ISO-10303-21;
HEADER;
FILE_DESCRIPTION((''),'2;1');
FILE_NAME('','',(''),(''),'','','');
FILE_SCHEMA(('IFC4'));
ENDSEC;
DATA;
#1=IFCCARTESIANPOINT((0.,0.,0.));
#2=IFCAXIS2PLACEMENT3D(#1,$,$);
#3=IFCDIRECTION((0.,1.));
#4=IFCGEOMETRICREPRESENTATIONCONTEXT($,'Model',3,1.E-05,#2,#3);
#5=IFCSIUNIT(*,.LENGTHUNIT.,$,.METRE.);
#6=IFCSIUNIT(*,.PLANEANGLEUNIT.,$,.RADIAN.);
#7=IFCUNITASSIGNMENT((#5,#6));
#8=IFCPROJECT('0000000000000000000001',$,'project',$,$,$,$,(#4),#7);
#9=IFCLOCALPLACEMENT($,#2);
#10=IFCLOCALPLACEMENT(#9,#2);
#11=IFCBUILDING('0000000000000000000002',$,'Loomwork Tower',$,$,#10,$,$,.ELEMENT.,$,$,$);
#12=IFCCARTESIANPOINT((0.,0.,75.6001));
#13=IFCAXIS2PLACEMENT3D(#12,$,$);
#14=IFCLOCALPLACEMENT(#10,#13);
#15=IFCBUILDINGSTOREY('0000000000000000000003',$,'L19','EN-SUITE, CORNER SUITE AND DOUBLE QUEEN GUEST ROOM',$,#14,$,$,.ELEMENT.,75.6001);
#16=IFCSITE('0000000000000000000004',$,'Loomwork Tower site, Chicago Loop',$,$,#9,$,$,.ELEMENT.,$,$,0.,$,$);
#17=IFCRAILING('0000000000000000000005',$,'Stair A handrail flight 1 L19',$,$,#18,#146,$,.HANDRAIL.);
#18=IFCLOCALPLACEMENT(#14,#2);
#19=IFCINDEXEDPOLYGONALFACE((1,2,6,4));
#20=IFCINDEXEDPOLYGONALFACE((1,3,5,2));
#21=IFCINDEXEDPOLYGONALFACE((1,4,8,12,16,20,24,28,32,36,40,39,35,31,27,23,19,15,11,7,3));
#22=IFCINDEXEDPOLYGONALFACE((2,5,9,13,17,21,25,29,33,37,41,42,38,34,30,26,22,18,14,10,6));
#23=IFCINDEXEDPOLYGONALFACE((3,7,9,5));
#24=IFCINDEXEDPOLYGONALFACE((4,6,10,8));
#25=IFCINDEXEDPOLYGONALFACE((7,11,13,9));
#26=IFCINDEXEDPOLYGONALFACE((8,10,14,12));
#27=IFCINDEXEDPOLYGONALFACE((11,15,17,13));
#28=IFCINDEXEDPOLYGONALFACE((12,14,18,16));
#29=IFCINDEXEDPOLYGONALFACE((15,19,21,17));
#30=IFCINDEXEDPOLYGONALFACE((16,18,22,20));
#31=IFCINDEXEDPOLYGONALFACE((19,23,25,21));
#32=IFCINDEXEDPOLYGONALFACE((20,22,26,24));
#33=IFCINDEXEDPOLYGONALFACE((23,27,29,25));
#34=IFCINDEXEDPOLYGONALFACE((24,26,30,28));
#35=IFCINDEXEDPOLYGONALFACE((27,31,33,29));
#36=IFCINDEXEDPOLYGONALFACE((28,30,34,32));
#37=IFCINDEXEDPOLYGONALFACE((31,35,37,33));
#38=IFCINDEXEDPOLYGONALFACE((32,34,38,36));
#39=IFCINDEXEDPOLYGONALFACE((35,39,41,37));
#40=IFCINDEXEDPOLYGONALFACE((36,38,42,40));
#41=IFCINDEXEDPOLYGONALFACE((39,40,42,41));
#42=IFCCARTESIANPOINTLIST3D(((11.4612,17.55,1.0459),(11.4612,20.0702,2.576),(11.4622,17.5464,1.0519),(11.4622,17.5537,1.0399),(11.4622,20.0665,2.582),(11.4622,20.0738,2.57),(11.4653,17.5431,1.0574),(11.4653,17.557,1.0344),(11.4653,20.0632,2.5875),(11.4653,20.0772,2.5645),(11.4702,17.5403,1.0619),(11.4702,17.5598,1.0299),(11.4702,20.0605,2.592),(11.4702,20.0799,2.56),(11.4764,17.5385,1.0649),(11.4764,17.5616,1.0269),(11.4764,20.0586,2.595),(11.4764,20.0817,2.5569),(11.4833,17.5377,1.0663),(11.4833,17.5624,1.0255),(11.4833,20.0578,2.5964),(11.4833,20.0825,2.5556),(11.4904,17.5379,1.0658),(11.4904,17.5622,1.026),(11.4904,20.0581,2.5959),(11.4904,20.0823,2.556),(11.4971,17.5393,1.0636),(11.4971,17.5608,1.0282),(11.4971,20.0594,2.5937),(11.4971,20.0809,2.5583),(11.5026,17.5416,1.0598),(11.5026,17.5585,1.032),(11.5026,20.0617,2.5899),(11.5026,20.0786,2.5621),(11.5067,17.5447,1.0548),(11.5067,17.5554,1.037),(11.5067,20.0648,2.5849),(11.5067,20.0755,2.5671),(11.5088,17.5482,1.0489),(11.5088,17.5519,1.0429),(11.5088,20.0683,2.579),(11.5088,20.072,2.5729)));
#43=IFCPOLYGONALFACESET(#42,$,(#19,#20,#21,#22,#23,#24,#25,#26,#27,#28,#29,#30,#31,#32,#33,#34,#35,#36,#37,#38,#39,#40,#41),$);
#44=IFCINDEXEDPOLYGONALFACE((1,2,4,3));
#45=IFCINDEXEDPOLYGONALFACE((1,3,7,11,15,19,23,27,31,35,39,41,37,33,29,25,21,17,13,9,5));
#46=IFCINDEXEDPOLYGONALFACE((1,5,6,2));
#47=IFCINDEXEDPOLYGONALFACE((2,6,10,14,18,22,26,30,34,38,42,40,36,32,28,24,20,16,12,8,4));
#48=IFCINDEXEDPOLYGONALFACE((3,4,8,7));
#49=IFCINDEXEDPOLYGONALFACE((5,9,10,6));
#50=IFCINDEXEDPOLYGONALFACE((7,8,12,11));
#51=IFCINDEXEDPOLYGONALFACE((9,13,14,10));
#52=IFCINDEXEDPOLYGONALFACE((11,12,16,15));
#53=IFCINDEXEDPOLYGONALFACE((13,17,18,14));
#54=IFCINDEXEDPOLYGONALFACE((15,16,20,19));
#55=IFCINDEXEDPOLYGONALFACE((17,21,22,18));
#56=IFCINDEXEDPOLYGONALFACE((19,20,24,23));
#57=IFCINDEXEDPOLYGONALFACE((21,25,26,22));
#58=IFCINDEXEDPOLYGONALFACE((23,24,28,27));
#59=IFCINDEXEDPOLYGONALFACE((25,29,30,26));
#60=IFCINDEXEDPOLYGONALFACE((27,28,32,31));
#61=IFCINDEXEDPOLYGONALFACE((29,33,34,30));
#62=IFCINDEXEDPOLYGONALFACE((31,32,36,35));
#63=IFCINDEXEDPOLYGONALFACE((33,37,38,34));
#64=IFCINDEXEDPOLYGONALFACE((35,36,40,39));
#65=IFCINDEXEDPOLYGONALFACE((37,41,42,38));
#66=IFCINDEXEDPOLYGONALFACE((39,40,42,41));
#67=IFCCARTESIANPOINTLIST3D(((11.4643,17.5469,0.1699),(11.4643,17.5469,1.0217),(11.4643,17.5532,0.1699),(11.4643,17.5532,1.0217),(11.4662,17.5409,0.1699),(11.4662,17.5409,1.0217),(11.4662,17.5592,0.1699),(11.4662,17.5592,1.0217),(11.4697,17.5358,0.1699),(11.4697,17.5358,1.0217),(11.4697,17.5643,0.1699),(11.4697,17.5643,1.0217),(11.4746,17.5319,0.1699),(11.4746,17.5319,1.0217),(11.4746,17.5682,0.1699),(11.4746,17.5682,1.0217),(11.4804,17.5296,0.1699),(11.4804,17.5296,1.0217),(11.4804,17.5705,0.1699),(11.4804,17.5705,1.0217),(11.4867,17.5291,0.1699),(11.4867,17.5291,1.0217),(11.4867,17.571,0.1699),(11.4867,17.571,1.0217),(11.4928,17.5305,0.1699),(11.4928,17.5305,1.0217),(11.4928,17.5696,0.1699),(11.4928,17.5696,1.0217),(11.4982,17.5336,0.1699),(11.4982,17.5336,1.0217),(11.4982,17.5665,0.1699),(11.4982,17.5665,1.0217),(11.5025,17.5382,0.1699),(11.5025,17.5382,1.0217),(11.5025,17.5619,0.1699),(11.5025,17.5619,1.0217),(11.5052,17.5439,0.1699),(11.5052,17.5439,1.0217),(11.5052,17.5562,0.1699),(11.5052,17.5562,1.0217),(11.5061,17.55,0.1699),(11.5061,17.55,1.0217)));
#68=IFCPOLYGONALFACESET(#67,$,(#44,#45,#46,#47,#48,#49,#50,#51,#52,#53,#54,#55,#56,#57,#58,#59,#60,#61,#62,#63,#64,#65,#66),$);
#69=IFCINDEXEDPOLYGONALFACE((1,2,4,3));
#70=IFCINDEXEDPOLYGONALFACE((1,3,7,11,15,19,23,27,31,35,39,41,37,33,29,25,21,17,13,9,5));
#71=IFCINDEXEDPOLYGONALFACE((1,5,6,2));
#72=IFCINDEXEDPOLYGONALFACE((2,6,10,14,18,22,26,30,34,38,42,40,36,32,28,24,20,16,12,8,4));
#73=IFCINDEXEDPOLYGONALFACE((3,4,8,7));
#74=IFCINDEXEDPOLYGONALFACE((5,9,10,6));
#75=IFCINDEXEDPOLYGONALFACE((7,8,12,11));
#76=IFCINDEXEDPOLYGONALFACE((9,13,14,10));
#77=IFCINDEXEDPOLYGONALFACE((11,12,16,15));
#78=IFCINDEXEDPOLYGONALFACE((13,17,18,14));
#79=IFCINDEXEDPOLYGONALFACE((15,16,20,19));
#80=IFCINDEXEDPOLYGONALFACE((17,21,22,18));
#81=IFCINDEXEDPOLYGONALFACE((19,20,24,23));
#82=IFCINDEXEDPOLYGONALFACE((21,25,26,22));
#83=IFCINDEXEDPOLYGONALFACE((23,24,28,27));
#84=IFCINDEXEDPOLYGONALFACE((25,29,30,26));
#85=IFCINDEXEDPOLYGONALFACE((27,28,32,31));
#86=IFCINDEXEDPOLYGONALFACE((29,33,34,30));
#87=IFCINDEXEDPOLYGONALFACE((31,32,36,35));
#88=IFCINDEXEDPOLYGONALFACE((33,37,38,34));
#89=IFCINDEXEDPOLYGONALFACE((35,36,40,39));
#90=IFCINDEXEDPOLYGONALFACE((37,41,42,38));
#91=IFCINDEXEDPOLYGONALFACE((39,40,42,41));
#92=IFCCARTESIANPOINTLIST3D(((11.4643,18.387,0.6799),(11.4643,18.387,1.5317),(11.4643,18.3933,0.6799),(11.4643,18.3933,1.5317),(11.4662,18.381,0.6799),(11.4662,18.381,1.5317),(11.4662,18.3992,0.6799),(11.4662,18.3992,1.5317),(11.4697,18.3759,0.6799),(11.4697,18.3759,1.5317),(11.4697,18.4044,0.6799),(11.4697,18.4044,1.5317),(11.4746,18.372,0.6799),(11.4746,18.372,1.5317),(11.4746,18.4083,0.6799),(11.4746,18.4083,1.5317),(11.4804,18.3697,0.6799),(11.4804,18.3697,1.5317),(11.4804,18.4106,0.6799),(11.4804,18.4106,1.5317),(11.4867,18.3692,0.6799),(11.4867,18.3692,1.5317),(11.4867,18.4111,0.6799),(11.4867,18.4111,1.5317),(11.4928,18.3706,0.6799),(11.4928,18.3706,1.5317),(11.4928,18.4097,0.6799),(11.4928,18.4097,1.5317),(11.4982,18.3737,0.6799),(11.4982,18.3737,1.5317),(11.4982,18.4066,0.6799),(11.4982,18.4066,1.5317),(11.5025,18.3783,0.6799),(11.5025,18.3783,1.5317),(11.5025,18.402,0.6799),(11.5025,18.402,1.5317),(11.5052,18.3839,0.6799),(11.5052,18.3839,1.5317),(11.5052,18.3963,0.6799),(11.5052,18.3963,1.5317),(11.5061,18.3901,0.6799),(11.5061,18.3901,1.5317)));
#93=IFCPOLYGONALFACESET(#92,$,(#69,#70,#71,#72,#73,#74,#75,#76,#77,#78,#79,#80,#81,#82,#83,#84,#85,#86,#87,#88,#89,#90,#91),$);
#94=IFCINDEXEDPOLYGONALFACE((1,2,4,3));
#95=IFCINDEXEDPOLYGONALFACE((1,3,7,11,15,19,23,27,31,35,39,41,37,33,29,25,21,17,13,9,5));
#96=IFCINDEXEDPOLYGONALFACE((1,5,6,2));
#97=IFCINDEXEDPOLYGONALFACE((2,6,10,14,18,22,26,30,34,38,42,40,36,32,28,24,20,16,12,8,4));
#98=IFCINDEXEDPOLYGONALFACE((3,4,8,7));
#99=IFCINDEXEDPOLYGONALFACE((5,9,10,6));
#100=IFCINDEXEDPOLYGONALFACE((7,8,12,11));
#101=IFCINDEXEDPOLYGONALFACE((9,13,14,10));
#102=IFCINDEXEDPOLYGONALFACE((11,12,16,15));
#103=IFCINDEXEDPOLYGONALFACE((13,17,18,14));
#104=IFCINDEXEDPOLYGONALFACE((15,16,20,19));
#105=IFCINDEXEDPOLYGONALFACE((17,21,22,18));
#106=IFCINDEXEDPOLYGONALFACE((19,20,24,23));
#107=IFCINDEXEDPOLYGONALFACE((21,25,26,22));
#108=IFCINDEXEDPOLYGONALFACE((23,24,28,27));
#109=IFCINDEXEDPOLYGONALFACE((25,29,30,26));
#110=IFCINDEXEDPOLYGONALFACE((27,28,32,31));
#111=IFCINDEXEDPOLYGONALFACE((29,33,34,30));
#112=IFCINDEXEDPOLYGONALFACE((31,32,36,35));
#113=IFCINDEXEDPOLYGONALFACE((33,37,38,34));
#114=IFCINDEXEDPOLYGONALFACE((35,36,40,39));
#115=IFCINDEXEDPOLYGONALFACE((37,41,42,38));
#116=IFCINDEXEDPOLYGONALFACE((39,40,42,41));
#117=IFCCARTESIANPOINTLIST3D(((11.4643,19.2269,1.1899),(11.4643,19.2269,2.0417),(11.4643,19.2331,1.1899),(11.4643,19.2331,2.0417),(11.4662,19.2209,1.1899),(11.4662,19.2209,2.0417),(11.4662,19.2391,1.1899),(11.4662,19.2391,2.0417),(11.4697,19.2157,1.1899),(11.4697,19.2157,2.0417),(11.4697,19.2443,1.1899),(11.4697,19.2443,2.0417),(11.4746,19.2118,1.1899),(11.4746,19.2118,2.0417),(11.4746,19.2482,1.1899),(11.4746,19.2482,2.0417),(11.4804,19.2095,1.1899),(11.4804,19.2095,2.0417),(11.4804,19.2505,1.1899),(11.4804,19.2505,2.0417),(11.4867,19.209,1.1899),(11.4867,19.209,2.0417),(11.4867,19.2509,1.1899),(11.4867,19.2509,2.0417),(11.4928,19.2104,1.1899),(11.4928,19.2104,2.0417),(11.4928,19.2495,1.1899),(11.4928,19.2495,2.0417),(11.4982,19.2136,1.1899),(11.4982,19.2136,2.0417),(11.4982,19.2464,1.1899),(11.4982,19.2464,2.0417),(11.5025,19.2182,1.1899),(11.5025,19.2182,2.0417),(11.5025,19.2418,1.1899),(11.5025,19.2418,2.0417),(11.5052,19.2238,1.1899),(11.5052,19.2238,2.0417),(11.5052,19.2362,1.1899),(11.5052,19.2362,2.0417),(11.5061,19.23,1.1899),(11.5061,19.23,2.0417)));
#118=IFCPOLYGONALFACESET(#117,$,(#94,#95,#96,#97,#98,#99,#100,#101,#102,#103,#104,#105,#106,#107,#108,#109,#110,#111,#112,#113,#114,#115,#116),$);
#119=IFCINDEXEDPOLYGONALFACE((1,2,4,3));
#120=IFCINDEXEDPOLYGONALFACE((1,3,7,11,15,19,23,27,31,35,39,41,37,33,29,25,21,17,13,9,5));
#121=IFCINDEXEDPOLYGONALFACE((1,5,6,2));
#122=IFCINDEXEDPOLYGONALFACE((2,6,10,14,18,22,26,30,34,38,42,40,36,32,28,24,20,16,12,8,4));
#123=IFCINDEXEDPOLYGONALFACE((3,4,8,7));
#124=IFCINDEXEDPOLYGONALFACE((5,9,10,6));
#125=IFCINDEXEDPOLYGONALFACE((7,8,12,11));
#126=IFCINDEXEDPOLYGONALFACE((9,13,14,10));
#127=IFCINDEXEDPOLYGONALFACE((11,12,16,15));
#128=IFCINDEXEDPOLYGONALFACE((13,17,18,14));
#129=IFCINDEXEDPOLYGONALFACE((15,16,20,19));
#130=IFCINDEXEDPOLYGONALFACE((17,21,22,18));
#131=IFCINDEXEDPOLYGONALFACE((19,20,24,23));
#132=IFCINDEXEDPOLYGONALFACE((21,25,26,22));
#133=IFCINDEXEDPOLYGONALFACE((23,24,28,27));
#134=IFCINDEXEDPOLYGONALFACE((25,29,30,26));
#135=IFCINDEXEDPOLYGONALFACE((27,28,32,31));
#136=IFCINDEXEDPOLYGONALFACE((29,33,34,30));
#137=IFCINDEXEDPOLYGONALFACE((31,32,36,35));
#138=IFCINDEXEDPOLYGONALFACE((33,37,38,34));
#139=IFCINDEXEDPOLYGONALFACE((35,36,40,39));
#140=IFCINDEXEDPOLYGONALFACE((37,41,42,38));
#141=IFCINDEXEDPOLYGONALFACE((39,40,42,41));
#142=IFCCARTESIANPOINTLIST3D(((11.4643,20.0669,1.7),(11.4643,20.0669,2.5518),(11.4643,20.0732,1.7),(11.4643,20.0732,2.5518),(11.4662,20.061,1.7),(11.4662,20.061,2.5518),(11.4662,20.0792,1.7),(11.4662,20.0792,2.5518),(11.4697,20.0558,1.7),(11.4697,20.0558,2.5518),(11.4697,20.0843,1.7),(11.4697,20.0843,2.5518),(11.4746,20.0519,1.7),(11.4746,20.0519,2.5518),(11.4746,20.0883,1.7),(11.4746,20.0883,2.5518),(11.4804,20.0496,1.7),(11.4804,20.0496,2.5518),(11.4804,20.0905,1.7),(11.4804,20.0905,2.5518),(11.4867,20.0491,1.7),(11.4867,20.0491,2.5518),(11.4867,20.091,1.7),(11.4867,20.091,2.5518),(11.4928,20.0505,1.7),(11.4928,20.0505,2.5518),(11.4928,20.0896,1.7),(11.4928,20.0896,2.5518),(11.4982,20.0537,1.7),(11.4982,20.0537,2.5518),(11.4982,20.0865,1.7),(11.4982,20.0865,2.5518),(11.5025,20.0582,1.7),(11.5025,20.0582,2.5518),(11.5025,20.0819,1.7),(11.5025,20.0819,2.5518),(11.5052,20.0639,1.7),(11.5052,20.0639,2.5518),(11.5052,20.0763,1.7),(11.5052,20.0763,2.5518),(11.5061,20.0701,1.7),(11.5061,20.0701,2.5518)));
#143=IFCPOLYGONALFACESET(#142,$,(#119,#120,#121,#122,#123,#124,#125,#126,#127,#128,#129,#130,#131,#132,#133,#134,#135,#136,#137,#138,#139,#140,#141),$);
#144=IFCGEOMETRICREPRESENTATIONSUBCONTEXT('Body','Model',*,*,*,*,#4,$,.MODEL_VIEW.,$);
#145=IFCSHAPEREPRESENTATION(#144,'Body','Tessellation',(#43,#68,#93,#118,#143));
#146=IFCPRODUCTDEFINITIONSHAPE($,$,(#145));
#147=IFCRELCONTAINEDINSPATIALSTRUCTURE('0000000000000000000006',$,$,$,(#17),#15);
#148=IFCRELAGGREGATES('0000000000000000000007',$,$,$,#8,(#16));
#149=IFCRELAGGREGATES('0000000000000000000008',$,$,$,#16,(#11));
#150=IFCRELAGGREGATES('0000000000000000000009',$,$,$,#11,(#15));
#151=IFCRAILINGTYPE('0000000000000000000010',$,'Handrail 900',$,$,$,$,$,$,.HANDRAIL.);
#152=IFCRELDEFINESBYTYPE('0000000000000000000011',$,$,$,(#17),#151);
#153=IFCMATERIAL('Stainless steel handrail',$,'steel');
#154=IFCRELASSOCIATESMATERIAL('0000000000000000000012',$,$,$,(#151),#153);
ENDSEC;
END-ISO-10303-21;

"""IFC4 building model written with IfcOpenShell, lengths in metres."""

from ifc_helpers import new_model, si_unit, direction, frame, origin, origin_2d, place, context, subcontext, project, spatial, circle, extrude, material, type_object, element, save


model = new_model("IFC4")

# Units and contexts
model_context = context("Model", 3, precision=1e-05, world=origin(), true_north=direction((0.0, 1.0)))
body_context = subcontext(model_context, "Body", "Model", "MODEL_VIEW")
ifc_project = project(units=[si_unit("LENGTHUNIT", "METRE"), si_unit("PLANEANGLEUNIT", "RADIAN")], contexts=[model_context])

# Site, building, storey
site_placement = place(None, origin())
site = spatial("IfcSite", under=ifc_project, at=site_placement, Name="Loomwork Tower site, Chicago Loop", CompositionType="ELEMENT", RefElevation=0.0)
building_placement = place(site_placement, origin())
building = spatial("IfcBuilding", under=site, at=building_placement, Name="Loomwork Tower", CompositionType="ELEMENT")
storey_placement = place(building_placement, frame((0.0, 0.0, 75.6001)))
storey = spatial("IfcBuildingStorey", under=building, at=storey_placement, Name="L19", Description="EN-SUITE, CORNER SUITE AND DOUBLE QUEEN GUEST ROOM", CompositionType="ELEMENT", Elevation=75.6001)

# Railing
ifc_material_1 = material(Name="Stainless steel handrail", Category="steel")
railing_type = type_object("IfcRailingType", Name="Handrail 900", PredefinedType="HANDRAIL", material=ifc_material_1)
railing_1_placement = place(storey_placement, frame((11.4851, 17.55, 0.1699)))
element("IfcRailing", 1, at=railing_1_placement, inside=storey, type_object=railing_type, Name="Stair A handrail flight 1 L19", PredefinedType="HANDRAIL", context=body_context, shape_type="SweptSolid", body=[
    extrude(circle(Radius=0.0239, at=origin_2d()), frame((0.0, 0.0, 0.876), z_axis=(0.0, 0.854785, 0.518982), x_axis=(-1.0, 0.0, 0.0)), (0.0, 0.0, 1.0), 2.9482),
    extrude(circle(Radius=0.021, at=origin_2d()), origin(), (0.0, 0.0, 1.0), 0.8518),
    extrude(circle(Radius=0.021, at=origin_2d()), frame((0.0, 0.8401, 0.51)), (0.0, 0.0, 1.0), 0.8518),
    extrude(circle(Radius=0.021, at=origin_2d()), frame((0.0, 1.6799, 1.02)), (0.0, 0.0, 1.0), 0.8518),
    extrude(circle(Radius=0.021, at=origin_2d()), frame((0.0, 2.52, 1.53)), (0.0, 0.0, 1.0), 0.8518),
])

save(model, "model.ifc")
